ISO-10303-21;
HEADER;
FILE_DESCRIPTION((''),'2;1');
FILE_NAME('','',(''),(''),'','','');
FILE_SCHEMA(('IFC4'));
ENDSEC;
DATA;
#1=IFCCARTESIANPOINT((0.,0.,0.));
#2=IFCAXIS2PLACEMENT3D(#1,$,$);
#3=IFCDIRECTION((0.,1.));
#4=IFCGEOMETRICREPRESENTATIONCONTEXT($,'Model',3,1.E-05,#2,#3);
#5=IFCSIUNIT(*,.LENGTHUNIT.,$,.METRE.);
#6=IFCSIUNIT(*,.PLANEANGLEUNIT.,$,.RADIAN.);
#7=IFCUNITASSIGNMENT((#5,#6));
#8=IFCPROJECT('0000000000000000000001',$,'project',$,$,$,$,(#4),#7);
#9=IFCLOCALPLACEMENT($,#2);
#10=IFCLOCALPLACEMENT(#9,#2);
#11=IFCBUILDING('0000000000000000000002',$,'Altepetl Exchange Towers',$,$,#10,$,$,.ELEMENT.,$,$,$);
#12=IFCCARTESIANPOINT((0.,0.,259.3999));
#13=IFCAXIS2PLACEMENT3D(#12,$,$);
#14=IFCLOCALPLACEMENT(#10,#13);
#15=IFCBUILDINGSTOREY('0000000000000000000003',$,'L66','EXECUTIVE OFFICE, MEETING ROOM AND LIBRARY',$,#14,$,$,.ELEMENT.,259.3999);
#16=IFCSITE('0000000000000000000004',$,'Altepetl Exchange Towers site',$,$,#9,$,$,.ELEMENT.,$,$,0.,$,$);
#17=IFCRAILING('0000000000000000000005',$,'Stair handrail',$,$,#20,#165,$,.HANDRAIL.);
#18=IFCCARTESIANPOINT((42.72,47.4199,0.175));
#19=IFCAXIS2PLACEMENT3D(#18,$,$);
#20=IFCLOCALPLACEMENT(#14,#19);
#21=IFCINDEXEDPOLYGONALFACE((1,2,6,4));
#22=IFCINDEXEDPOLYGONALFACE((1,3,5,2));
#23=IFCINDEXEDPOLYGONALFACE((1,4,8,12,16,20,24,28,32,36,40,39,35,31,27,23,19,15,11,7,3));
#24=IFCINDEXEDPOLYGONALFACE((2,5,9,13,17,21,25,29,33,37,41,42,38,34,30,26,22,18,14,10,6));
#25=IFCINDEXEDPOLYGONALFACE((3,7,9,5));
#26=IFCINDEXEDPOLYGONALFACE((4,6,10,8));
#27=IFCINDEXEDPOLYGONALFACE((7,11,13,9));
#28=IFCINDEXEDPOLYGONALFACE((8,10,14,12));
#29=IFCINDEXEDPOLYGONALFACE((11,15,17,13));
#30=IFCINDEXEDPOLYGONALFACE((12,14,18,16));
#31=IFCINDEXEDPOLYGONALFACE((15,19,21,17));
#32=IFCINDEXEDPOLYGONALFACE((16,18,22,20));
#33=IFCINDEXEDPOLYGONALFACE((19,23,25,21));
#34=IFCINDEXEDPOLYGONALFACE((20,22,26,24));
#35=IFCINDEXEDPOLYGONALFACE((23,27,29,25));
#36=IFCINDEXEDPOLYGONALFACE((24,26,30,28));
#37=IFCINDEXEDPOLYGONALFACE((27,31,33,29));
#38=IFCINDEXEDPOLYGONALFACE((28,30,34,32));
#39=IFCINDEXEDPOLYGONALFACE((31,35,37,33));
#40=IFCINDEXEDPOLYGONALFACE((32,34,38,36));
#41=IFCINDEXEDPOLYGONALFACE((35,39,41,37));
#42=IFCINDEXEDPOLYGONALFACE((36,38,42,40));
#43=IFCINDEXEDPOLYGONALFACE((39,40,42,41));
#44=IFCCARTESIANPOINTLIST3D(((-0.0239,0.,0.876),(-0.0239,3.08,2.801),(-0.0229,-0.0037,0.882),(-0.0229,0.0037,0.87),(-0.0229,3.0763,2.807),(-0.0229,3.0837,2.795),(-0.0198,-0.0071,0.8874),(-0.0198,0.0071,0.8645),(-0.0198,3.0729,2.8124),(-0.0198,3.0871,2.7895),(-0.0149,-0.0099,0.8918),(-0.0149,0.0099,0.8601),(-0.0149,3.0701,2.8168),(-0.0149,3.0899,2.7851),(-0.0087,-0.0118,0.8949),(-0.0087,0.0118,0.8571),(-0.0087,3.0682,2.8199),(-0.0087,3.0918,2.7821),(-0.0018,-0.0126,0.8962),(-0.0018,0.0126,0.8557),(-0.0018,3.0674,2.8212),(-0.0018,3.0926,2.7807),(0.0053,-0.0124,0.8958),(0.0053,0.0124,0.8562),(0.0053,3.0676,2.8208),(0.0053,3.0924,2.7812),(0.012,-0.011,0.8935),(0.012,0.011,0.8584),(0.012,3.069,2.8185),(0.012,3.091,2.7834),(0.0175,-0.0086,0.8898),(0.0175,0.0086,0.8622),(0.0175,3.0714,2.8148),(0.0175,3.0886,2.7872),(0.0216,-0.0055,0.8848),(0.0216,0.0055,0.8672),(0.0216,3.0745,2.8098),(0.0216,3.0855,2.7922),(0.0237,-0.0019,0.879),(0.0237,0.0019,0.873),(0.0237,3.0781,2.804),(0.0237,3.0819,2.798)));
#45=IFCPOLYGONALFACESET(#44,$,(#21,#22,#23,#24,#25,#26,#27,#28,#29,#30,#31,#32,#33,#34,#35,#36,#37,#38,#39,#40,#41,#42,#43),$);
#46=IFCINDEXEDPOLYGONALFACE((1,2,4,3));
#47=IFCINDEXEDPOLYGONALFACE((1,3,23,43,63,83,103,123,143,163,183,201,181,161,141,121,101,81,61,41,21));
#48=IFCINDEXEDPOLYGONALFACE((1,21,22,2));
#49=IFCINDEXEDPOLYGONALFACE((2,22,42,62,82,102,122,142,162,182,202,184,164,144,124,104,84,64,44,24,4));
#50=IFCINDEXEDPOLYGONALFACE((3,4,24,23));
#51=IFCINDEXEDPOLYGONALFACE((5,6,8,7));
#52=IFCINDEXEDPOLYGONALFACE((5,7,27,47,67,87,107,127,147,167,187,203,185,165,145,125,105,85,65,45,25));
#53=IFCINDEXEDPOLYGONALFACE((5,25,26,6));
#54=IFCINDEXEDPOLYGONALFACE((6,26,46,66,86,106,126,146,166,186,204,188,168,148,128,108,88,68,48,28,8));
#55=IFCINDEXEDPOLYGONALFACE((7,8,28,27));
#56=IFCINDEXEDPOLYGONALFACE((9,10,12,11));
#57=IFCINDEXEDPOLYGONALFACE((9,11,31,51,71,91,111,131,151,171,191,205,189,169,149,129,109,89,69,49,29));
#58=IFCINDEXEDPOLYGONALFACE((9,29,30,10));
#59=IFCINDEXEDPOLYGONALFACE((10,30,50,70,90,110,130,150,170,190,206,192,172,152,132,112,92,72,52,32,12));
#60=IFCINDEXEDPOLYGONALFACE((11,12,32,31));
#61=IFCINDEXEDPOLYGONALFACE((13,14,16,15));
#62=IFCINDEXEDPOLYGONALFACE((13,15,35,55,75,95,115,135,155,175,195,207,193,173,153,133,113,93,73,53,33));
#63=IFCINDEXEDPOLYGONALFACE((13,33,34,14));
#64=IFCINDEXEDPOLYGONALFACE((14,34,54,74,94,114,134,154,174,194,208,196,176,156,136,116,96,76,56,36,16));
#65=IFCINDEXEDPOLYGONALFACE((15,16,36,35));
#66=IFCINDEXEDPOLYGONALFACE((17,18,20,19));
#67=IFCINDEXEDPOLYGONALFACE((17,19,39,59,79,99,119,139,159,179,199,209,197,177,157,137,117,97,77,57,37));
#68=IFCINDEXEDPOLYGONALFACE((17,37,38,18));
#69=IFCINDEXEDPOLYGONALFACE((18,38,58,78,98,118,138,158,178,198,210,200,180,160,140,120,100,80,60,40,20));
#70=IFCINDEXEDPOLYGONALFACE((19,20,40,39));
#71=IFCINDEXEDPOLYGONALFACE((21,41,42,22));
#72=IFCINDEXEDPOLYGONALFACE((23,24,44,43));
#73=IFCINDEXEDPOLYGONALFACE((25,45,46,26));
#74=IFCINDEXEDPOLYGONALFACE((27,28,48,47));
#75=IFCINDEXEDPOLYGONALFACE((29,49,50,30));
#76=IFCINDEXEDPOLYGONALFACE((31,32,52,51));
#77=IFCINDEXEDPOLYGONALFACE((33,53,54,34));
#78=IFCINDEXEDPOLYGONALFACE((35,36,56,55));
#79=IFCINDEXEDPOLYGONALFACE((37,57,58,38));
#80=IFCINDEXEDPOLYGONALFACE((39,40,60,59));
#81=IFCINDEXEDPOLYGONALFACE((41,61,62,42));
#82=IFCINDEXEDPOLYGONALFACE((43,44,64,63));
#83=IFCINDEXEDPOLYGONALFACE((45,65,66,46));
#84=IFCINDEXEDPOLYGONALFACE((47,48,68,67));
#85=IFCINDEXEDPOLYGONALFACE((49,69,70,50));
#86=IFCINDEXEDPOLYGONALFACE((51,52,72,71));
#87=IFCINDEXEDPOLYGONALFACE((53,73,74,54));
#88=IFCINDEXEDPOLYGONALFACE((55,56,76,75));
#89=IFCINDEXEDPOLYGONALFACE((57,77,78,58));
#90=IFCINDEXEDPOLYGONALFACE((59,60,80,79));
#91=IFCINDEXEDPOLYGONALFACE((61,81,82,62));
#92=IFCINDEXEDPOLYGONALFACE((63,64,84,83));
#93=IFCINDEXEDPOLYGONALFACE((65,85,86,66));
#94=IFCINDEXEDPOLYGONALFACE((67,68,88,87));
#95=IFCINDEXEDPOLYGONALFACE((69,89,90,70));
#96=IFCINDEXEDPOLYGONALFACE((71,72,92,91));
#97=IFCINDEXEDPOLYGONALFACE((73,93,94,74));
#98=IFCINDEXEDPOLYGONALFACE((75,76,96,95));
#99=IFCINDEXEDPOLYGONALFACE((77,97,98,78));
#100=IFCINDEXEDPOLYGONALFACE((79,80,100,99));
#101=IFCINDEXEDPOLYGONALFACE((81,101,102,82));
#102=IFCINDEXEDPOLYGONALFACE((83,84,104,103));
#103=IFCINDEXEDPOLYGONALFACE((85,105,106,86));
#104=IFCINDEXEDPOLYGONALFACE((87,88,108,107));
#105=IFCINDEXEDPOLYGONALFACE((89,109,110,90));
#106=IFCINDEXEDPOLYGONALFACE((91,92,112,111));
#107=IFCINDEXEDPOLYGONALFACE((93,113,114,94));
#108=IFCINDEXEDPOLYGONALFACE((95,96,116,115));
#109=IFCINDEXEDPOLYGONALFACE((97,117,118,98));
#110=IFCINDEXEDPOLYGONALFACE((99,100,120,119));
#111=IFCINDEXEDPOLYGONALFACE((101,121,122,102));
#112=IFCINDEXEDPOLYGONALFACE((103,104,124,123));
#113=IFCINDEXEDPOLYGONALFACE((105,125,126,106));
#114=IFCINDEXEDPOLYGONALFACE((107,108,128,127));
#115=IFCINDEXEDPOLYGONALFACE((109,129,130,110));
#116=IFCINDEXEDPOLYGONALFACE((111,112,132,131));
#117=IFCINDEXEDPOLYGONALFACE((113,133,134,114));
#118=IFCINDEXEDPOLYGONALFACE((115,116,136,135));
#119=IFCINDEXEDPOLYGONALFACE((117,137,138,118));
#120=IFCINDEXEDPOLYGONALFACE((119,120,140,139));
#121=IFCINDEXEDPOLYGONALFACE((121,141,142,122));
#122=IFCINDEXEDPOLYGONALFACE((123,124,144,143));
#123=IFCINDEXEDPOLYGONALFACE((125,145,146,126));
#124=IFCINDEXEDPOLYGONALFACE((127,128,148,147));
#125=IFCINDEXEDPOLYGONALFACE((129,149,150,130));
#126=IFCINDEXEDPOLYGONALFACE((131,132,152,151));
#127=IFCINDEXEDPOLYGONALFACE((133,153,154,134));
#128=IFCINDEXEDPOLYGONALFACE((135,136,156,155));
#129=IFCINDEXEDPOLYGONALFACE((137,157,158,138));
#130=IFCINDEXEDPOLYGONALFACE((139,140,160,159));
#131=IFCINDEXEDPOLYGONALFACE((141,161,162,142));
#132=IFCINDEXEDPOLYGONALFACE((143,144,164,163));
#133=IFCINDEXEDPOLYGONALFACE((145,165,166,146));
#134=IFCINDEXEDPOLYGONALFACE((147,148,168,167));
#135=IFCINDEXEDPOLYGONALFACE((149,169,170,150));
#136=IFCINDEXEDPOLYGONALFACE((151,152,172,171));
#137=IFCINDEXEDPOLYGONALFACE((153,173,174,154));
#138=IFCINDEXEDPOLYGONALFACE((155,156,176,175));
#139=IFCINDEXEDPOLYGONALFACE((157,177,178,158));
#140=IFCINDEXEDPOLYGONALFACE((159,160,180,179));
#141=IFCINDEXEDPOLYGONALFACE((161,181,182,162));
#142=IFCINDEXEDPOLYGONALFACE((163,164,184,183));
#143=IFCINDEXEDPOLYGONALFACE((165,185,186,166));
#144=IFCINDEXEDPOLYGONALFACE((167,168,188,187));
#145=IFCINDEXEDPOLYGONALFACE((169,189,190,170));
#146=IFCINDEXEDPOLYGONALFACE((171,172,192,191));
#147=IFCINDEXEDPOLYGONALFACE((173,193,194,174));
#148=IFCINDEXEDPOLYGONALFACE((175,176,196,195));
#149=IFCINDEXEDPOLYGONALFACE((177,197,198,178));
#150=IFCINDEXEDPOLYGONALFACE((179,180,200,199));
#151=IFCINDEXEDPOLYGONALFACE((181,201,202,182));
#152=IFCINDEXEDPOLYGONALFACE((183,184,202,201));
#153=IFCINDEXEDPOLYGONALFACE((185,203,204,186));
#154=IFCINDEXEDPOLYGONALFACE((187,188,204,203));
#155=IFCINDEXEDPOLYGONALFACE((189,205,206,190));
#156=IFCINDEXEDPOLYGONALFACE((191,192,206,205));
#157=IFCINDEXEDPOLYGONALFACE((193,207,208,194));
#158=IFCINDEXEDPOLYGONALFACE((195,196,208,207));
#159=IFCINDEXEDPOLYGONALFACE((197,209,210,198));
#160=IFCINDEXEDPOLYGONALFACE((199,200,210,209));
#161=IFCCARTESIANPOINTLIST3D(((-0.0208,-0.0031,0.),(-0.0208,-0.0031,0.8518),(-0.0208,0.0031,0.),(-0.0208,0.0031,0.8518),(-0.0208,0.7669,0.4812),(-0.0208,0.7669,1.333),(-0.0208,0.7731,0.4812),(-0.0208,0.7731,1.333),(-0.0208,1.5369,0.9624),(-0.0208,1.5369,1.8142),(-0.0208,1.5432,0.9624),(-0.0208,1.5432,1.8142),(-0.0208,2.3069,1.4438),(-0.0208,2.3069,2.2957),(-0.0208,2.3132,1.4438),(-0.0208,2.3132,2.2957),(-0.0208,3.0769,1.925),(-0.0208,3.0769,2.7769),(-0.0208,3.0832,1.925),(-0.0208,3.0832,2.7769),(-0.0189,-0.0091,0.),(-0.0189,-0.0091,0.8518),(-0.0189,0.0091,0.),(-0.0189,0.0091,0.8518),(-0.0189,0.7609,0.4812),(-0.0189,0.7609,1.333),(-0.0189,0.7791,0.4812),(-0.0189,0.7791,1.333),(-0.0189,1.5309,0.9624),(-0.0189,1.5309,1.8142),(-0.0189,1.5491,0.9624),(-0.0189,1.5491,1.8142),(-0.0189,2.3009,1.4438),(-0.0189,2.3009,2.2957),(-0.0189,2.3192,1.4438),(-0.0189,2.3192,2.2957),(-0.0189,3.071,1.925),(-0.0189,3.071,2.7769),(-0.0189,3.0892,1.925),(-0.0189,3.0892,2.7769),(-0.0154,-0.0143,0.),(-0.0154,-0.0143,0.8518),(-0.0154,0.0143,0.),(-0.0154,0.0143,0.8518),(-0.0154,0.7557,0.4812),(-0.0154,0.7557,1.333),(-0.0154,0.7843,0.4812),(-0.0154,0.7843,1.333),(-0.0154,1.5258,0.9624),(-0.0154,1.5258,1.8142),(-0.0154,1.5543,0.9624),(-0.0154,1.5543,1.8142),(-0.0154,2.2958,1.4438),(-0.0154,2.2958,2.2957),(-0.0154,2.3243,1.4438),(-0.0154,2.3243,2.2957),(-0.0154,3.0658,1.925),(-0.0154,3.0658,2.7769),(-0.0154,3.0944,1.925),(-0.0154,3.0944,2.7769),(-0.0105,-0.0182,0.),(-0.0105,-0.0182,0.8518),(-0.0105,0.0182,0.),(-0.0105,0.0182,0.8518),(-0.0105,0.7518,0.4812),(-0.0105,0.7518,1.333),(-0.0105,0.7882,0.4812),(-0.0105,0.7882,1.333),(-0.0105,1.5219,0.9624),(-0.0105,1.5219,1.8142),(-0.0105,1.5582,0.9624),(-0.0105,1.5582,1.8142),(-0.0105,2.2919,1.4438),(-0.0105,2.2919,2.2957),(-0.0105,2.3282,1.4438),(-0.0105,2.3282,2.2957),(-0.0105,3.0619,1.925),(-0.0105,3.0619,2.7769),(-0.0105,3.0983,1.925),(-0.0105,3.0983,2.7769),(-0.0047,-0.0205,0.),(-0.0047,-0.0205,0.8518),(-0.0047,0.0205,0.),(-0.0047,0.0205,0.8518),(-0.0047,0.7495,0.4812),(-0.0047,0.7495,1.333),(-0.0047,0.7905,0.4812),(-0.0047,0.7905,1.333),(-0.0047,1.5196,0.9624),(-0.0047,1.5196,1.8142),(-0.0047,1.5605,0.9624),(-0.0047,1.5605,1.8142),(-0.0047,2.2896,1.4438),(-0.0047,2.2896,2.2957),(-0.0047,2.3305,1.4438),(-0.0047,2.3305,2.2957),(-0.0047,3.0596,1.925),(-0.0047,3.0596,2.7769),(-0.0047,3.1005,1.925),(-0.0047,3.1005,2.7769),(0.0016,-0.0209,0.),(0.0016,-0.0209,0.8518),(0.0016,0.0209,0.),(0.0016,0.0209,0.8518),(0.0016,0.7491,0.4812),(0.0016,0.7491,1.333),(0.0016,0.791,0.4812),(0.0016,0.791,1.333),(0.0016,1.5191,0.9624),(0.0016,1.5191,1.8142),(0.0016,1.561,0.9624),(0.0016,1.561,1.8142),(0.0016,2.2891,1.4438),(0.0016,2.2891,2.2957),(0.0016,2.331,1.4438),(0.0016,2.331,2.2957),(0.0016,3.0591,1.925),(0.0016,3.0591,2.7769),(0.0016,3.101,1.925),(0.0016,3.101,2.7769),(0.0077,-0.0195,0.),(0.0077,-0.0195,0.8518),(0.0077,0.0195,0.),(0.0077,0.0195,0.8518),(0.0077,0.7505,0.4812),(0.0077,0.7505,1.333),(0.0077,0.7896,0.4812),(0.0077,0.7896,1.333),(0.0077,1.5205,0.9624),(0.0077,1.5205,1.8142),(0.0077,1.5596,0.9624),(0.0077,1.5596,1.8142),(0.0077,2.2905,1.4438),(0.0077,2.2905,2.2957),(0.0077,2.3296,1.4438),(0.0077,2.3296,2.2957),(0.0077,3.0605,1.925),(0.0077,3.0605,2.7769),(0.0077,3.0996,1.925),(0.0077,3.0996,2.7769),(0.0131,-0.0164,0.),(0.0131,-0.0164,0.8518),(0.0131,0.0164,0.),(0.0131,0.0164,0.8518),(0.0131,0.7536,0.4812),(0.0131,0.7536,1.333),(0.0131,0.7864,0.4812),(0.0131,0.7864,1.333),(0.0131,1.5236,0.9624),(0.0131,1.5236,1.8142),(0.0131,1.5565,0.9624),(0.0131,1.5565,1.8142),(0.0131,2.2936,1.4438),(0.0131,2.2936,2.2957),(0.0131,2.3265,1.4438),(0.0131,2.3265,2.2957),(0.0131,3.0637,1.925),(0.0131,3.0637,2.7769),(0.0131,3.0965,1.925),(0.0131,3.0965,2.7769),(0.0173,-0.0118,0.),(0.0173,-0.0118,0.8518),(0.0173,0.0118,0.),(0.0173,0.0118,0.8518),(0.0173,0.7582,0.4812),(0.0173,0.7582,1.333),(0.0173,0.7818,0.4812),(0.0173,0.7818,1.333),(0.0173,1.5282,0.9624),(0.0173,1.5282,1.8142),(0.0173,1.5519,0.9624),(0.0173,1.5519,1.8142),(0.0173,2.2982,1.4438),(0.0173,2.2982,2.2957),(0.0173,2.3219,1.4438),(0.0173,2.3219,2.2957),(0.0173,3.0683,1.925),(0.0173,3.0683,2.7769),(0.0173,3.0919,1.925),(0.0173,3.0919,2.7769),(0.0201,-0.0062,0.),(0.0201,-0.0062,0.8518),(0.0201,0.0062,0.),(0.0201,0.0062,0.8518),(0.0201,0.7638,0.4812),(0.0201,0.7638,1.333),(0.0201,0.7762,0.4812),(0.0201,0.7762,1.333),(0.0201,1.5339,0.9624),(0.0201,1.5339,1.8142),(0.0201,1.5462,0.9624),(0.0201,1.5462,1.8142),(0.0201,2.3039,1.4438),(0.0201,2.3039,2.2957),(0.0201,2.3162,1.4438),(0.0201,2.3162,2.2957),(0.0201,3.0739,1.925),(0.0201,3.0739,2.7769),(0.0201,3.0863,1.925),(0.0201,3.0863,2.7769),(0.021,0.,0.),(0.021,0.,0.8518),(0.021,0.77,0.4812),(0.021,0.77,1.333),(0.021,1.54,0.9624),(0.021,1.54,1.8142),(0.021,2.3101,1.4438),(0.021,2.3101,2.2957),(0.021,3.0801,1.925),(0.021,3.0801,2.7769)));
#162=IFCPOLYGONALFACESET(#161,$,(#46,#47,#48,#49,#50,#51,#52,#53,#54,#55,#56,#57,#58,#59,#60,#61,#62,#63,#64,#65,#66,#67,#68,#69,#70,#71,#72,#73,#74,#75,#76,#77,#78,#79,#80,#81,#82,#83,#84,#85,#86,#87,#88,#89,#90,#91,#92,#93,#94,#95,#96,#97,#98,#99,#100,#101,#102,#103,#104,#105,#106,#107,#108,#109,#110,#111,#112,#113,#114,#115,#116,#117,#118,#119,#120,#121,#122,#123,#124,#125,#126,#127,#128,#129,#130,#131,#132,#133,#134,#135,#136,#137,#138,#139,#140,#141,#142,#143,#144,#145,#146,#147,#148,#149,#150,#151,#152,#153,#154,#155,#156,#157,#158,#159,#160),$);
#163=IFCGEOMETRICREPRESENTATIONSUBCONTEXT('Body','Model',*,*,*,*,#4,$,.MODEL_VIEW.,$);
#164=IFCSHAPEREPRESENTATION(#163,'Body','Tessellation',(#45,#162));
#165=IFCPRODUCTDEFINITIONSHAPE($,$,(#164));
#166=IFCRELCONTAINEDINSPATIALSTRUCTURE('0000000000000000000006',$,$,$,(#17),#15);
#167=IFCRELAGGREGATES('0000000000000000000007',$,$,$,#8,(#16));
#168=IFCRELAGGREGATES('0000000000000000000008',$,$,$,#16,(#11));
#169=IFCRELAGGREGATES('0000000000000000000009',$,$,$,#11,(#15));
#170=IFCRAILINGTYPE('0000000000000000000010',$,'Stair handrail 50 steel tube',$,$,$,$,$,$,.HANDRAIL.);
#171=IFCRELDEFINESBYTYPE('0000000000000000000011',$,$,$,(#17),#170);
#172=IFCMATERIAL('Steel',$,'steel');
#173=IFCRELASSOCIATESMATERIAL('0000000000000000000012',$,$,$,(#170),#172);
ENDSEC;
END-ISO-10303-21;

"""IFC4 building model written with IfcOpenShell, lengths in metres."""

from ifc_helpers import new_model, si_unit, direction, frame, origin, origin_2d, place, context, subcontext, project, spatial, circle, extrude, source, transform, mapped, material, type_object, element, save


model = new_model("IFC4")

# Units and contexts
model_context = context("Model", 3, precision=1e-05, world=origin(), true_north=direction((0.0, 1.0)))
body_context = subcontext(model_context, "Body", "Model", "MODEL_VIEW")
ifc_project = project(units=[si_unit("LENGTHUNIT", "METRE"), si_unit("PLANEANGLEUNIT", "RADIAN")], contexts=[model_context])

# Site, building, storey
site_placement = place(None, origin())
site = spatial("IfcSite", under=ifc_project, at=site_placement, Name="Altepetl Exchange Towers site", CompositionType="ELEMENT", RefElevation=0.0)
building_placement = place(site_placement, origin())
building = spatial("IfcBuilding", under=site, at=building_placement, Name="Altepetl Exchange Towers", CompositionType="ELEMENT")
storey_placement = place(building_placement, frame((0.0, 0.0, 259.3999)))
storey = spatial("IfcBuildingStorey", under=building, at=storey_placement, Name="L66", Description="EXECUTIVE OFFICE, MEETING ROOM AND LIBRARY", CompositionType="ELEMENT", Elevation=259.3999)

# Railing
ifc_material_1 = material(Name="Steel", Category="steel")
railing_type = type_object("IfcRailingType", Name="Stair handrail 50 steel tube", PredefinedType="HANDRAIL", material=ifc_material_1)
shared_shape = source(origin(), body_context, "Body", "SweptSolid", [
    extrude(circle(Radius=0.021, at=origin_2d()), origin(), (0.0, 0.0, 1.0), 0.8518),
])
railing_placement = place(storey_placement, frame((42.72, 47.4199, 0.175)))
element("IfcRailing", 1, at=railing_placement, inside=storey, type_object=railing_type, Name="Stair handrail", PredefinedType="HANDRAIL", context=body_context, shape_type="SweptSolid", body=[
    extrude(circle(Radius=0.0239, at=origin_2d()), frame((0.0, 0.0, 0.876), z_axis=(0.0, 0.847998, 0.529999), x_axis=(-1.0, 0.0, 0.0)), (0.0, 0.0, 1.0), 3.6321),
    mapped(shared_shape, transform((0.0, 0.0, 0.0))),
    mapped(shared_shape, transform((0.0, 0.77, 0.4812))),
    mapped(shared_shape, transform((0.0, 1.54, 0.9624))),
    mapped(shared_shape, transform((0.0, 2.3101, 1.4438))),
    mapped(shared_shape, transform((0.0, 3.0801, 1.925))),
])

save(model, "model.ifc")
